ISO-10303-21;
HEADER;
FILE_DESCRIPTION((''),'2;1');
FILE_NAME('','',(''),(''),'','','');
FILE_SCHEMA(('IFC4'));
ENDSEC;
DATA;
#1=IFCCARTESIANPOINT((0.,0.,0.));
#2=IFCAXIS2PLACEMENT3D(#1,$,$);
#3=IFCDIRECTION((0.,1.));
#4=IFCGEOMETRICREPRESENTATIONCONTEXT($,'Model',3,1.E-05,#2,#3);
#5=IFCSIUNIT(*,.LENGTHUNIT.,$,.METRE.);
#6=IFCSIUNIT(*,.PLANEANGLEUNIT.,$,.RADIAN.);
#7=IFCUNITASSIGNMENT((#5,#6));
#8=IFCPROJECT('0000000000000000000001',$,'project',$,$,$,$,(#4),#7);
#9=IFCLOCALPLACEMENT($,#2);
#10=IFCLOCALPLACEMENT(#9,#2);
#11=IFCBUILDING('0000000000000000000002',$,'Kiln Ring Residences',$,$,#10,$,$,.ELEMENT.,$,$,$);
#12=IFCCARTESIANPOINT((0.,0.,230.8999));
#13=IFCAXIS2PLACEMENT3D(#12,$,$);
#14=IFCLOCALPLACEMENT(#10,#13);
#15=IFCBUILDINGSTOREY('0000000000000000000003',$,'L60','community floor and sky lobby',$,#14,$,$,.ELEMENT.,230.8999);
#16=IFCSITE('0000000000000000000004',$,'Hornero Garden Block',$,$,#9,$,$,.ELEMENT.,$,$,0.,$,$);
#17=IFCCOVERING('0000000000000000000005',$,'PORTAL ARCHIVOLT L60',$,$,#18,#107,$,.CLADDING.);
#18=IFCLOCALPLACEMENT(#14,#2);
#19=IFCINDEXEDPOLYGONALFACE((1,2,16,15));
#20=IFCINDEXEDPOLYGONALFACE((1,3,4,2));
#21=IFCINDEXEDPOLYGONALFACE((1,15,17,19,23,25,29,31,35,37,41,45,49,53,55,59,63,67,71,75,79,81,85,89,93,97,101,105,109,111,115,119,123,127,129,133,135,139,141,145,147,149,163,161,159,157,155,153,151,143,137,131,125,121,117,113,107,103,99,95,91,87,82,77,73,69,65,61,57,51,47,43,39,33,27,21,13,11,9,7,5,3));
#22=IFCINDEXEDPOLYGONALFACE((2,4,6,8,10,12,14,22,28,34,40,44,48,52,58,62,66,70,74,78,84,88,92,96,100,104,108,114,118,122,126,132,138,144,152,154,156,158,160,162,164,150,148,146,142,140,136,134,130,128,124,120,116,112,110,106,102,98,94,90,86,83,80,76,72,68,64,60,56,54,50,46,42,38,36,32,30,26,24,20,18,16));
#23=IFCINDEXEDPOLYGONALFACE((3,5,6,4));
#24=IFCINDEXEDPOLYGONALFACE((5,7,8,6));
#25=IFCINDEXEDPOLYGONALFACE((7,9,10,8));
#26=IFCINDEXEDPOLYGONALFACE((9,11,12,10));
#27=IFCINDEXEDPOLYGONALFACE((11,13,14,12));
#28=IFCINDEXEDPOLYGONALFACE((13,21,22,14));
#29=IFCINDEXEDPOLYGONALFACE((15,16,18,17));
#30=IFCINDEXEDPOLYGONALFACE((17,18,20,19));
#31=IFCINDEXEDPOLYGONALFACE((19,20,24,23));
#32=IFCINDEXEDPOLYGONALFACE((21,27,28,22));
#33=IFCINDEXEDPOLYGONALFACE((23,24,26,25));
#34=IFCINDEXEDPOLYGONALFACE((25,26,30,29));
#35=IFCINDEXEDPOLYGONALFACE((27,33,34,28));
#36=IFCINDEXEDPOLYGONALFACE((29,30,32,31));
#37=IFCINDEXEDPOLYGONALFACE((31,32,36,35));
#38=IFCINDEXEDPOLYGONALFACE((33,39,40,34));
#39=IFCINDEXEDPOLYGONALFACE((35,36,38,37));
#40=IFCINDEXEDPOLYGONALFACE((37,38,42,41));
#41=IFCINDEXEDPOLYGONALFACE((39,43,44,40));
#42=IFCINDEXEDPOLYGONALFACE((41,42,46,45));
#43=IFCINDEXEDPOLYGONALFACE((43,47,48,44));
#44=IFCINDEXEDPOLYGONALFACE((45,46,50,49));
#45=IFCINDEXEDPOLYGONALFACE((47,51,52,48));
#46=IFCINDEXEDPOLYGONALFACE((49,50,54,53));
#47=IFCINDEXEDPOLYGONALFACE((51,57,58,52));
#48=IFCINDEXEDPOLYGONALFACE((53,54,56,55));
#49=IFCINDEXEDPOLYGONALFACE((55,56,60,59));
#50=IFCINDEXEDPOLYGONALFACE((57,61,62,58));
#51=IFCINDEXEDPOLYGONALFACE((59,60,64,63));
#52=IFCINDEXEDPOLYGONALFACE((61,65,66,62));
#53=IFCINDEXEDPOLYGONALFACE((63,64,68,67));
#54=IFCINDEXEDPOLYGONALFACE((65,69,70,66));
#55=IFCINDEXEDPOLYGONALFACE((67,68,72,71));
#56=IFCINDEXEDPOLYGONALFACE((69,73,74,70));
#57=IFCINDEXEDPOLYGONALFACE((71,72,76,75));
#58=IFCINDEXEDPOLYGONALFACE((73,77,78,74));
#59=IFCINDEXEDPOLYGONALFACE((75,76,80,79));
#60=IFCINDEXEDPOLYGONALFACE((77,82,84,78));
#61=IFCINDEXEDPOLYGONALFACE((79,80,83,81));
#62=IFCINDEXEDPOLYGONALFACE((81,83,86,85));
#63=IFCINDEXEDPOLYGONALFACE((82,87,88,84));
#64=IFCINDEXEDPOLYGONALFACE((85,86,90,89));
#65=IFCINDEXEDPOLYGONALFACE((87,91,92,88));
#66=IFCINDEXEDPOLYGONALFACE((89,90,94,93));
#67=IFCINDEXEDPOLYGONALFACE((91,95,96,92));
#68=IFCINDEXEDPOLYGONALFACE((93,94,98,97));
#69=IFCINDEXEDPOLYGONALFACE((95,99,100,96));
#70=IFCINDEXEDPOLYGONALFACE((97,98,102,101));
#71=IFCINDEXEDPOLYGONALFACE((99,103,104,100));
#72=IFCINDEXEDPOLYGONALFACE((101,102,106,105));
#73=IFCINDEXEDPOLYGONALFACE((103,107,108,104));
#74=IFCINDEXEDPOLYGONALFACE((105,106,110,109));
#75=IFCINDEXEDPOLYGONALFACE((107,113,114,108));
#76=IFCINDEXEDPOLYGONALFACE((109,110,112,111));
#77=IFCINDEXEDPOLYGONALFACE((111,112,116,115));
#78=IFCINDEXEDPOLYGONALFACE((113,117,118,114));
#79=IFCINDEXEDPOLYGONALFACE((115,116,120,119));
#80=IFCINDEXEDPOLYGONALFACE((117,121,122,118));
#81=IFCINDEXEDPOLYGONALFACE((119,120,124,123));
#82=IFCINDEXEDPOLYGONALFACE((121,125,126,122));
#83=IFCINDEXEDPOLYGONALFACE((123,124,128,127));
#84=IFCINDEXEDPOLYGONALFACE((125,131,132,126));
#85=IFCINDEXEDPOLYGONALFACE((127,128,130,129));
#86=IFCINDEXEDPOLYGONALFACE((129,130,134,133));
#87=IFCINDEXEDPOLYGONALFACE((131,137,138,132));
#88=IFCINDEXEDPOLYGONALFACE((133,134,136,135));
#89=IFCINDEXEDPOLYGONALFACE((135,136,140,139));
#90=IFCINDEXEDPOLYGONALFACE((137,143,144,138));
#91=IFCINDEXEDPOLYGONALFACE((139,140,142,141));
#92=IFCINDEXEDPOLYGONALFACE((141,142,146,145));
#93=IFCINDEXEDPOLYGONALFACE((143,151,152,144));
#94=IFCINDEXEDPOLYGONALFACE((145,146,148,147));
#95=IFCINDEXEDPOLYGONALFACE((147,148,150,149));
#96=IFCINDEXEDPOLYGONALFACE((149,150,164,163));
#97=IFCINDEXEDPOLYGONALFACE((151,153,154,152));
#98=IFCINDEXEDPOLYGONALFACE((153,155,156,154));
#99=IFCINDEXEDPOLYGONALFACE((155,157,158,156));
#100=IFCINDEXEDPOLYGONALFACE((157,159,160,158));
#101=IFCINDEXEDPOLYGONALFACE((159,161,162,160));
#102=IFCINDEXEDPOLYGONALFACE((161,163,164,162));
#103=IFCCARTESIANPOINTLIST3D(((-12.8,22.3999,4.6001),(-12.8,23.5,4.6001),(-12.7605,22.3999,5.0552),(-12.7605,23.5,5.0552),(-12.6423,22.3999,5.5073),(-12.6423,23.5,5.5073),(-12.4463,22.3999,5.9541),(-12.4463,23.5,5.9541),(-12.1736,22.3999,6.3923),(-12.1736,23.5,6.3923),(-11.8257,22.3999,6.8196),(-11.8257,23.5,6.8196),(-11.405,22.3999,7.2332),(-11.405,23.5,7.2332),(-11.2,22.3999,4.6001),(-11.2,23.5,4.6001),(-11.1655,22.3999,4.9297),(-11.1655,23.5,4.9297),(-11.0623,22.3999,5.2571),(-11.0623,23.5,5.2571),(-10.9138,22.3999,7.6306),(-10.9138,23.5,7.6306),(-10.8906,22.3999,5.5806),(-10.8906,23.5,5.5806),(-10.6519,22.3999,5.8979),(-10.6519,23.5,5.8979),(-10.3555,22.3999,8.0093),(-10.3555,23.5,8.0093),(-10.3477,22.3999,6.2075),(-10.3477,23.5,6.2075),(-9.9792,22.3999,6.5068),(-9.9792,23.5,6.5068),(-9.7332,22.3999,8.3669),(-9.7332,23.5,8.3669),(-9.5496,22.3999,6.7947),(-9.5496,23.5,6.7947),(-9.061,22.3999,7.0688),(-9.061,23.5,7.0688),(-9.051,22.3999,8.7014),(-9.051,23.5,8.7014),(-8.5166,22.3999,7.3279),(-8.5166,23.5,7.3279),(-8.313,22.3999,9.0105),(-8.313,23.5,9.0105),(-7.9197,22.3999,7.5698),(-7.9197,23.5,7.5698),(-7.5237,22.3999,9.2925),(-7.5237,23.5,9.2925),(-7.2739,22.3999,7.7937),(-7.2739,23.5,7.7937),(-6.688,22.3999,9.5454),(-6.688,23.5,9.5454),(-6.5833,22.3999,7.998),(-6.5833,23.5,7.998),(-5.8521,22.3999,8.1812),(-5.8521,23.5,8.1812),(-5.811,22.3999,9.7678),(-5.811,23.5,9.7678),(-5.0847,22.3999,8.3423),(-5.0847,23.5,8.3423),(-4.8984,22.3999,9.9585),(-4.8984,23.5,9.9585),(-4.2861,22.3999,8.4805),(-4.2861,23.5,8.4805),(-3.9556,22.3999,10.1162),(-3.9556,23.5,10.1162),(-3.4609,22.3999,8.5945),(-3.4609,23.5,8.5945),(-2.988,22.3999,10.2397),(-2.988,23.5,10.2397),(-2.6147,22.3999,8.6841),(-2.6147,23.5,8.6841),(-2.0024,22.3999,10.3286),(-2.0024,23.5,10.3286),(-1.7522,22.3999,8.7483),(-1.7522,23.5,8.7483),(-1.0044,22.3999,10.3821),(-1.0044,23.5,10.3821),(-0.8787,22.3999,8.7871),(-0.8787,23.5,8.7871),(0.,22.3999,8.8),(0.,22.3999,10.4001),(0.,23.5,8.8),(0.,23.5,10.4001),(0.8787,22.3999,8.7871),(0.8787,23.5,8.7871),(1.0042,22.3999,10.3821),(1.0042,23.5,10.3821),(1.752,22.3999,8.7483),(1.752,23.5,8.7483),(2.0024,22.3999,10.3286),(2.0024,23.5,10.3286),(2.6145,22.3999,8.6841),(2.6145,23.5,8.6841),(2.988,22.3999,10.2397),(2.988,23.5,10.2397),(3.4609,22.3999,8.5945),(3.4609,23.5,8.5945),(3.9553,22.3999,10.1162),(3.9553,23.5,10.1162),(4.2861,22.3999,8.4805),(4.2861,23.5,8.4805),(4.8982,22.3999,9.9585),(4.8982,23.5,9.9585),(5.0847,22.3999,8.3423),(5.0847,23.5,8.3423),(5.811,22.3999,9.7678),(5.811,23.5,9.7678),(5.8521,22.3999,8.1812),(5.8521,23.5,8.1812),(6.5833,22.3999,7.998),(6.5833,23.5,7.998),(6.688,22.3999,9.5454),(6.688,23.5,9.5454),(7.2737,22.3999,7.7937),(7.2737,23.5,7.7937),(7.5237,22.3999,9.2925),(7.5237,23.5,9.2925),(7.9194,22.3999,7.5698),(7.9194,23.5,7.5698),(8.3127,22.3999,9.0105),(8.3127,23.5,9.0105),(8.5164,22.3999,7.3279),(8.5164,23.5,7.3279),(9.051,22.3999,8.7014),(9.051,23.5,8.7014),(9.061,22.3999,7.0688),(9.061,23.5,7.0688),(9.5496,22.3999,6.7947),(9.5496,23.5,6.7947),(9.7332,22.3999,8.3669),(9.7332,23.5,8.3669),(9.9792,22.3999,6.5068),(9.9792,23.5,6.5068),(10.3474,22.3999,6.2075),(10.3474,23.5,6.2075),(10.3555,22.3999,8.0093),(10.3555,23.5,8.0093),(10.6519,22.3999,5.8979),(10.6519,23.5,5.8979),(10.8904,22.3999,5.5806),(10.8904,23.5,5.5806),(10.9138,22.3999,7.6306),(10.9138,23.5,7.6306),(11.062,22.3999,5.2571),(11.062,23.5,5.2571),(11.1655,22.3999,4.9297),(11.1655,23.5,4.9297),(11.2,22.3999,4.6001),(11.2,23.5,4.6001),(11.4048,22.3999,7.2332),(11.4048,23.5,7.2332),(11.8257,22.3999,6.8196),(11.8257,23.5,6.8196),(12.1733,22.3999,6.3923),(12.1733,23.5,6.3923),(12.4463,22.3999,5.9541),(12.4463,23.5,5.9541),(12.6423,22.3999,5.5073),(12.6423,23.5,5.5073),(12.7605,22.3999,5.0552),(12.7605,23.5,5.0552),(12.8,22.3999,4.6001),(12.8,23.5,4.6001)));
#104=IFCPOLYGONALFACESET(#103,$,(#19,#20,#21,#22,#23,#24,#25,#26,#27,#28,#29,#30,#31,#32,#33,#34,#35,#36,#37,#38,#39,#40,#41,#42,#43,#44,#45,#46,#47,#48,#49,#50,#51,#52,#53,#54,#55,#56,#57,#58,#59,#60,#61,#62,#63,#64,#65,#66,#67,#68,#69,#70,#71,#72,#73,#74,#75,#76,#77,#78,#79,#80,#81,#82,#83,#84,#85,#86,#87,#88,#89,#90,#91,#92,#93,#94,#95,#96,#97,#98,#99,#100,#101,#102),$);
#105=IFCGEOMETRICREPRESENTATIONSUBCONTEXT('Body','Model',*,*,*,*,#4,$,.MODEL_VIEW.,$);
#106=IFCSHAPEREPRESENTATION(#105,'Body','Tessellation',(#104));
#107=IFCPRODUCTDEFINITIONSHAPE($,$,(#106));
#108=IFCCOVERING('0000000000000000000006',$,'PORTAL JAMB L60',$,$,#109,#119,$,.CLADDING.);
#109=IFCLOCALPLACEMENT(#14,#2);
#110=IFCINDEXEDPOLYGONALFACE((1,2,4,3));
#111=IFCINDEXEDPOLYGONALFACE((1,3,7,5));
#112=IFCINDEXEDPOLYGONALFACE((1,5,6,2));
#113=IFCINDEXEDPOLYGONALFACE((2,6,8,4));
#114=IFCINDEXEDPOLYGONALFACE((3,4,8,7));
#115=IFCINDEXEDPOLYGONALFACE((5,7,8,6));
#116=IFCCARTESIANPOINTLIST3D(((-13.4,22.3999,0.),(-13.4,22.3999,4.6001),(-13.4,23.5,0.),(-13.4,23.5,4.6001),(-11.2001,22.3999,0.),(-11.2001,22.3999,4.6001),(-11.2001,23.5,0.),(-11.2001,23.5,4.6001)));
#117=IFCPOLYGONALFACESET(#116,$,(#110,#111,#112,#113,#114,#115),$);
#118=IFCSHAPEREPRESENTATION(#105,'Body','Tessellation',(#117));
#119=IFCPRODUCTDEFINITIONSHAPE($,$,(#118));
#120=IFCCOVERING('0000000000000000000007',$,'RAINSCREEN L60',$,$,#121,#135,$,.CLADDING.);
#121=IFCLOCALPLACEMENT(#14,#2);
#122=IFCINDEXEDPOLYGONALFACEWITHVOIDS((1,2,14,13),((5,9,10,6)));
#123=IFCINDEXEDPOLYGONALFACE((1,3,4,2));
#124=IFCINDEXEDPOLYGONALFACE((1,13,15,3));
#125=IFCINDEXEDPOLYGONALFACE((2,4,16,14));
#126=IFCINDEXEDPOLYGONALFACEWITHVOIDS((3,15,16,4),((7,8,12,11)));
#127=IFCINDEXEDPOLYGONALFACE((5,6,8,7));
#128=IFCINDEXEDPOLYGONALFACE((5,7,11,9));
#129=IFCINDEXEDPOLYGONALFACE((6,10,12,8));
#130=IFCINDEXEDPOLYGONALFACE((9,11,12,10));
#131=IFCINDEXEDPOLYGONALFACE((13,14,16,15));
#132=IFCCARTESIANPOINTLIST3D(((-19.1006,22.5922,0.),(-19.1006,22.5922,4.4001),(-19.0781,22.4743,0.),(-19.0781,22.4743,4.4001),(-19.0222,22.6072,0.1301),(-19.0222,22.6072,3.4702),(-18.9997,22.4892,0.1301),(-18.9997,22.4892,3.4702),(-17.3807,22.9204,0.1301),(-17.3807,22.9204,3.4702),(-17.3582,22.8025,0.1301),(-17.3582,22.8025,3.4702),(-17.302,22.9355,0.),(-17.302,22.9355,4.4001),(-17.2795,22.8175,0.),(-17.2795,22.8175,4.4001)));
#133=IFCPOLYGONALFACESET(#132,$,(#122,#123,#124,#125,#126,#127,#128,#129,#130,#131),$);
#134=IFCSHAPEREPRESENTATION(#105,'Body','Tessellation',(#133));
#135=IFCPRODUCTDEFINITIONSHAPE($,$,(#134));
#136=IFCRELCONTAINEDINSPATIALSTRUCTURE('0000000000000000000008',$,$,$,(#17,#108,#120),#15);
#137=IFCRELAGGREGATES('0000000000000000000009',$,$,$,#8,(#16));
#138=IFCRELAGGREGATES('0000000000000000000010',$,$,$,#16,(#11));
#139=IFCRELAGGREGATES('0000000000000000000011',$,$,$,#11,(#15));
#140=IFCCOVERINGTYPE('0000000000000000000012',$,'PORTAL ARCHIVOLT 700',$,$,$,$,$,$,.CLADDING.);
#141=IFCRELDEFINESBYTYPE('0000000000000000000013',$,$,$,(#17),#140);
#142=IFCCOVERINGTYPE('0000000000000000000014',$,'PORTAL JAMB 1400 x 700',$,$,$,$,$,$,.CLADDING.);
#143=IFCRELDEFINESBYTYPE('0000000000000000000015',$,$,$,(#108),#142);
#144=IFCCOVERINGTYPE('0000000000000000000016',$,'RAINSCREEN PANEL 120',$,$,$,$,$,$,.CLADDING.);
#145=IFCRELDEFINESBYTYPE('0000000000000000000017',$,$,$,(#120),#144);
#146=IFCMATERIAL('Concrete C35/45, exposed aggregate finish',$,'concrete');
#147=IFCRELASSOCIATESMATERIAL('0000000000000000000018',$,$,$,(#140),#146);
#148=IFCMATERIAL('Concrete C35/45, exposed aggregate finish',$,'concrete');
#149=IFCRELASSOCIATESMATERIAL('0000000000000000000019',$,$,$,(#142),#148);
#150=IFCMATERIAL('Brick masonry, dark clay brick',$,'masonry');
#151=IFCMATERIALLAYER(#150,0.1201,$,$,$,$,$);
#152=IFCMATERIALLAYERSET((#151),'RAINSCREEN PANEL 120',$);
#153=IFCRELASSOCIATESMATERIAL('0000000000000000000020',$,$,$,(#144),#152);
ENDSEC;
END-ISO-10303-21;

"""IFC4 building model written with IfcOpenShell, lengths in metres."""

from ifc_helpers import new_model, si_unit, direction, frame, origin, origin_2d, place, context, subcontext, project, spatial, polyline, rectangle, outline, extrude, material, layer, layer_set, type_object, element, save


model = new_model("IFC4")

# Units and contexts
model_context = context("Model", 3, precision=1e-05, world=origin(), true_north=direction((0.0, 1.0)))
body_context = subcontext(model_context, "Body", "Model", "MODEL_VIEW")
ifc_project = project(units=[si_unit("LENGTHUNIT", "METRE"), si_unit("PLANEANGLEUNIT", "RADIAN")], contexts=[model_context])

# Site, building, storey
site_placement = place(None, origin())
site = spatial("IfcSite", under=ifc_project, at=site_placement, Name="Hornero Garden Block", CompositionType="ELEMENT", RefElevation=0.0)
building_placement = place(site_placement, origin())
building = spatial("IfcBuilding", under=site, at=building_placement, Name="Kiln Ring Residences", CompositionType="ELEMENT")
storey_placement = place(building_placement, frame((0.0, 0.0, 230.8999)))
storey = spatial("IfcBuildingStorey", under=building, at=storey_placement, Name="L60", Description="community floor and sky lobby", CompositionType="ELEMENT", Elevation=230.8999)

# Coverings
ifc_material_1 = material(Name="Concrete C35/45, exposed aggregate finish", Category="concrete")
covering_type_1 = type_object("IfcCoveringType", Name="PORTAL ARCHIVOLT 700", PredefinedType="CLADDING", material=ifc_material_1)
covering_1_placement = place(storey_placement, frame((-12.8, 22.95, 4.6001), z_axis=(0.0, 0.0, 1.0), x_axis=(1.0, 0.0, 0.0)))
element("IfcCovering", 1, at=covering_1_placement, inside=storey, type_object=covering_type_1, Name="PORTAL ARCHIVOLT L60", PredefinedType="CLADDING", context=body_context, shape_type="SweptSolid", body=[
    extrude(outline(polyline([(25.6001, 0.0), (25.5605, 0.4551), (25.4424, 0.9072), (25.2463, 1.354), (24.9734, 1.7922), (24.6257, 2.2195), (24.2048, 2.6331), (23.7139, 3.0305), (23.1555, 3.4092), (22.5332, 3.7668), (21.8511, 4.1013), (21.1128, 4.4104), (20.3237, 4.6924), (19.488, 4.9453), (18.6111, 5.1677), (17.6982, 5.3584), (16.7554, 5.5161), (15.7881, 5.6396), (14.8025, 5.7285), (13.8042, 5.782), (12.8, 5.8), (11.7957, 5.782), (10.7976, 5.7285), (9.812, 5.6396), (8.8445, 5.5161), (7.9016, 5.3584), (6.989, 5.1677), (6.1121, 4.9453), (5.2764, 4.6924), (4.4871, 4.4104), (3.749, 4.1013), (3.0669, 3.7668), (2.4446, 3.4092), (1.8862, 3.0305), (1.395, 2.6331), (0.9744, 2.2195), (0.6265, 1.7922), (0.3538, 1.354), (0.1577, 0.9072), (0.0396, 0.4551), (0.0, 0.0), (1.6001, 0.0), (1.6345, 0.3296), (1.7378, 0.657), (1.9094, 0.9805), (2.1482, 1.2979), (2.4524, 1.6074), (2.8208, 1.9067), (3.2505, 2.1946), (3.739, 2.4688), (4.2834, 2.7278), (4.8804, 2.9697), (5.5261, 3.1936), (6.2168, 3.3979), (6.948, 3.5811), (7.7153, 3.7422), (8.5139, 3.8804), (9.3391, 3.9944), (10.1853, 4.084), (11.0479, 4.1482), (11.9214, 4.187), (12.8, 4.2), (13.6787, 4.187), (14.552, 4.1482), (15.4146, 4.084), (16.261, 3.9944), (17.0862, 3.8804), (17.8848, 3.7422), (18.6521, 3.5811), (19.3833, 3.3979), (20.0737, 3.1936), (20.7195, 2.9697), (21.3164, 2.7278), (21.8611, 2.4688), (22.3496, 2.1946), (22.7793, 1.9067), (23.1475, 1.6074), (23.4519, 1.2979), (23.6904, 0.9805), (23.8621, 0.657), (23.9656, 0.3296), (24.0, 0.0), (25.6001, 0.0)])), frame((0.0, 0.55, 0.0), z_axis=(0.0, -1.0, 0.0), x_axis=(1.0, 0.0, 0.0)), (0.0, 0.0, 1.0), 1.1001),
])
ifc_material_2 = material(Name="Concrete C35/45, exposed aggregate finish", Category="concrete")
covering_type_2 = type_object("IfcCoveringType", Name="PORTAL JAMB 1400 x 700", PredefinedType="CLADDING", material=ifc_material_2)
covering_2_placement = place(storey_placement, frame((-12.3, 22.95, 0.0), z_axis=(0.0, 0.0, 1.0), x_axis=(1.0, 0.0, 0.0)))
element("IfcCovering", 2, at=covering_2_placement, inside=storey, type_object=covering_type_2, Name="PORTAL JAMB L60", PredefinedType="CLADDING", context=body_context, shape_type="SweptSolid", body=[
    extrude(rectangle(XDim=2.2, YDim=1.1001, at=origin_2d()), origin(), (0.0, 0.0, 1.0), 4.6001),
])
ifc_material_3 = material(Name="Brick masonry, dark clay brick", Category="masonry")
ifc_layer_1 = layer(ifc_material_3, 0.1201)
ifc_layer_set_1 = layer_set([ifc_layer_1], Name="RAINSCREEN PANEL 120")
covering_type_3 = type_object("IfcCoveringType", Name="RAINSCREEN PANEL 120", PredefinedType="CLADDING", material=ifc_layer_set_1)
covering_3_placement = place(storey_placement, frame((-17.2908, 22.8765, 0.0), z_axis=(0.0, 0.0, 1.0), x_axis=(-0.982275, -0.187443, 0.0)))
element("IfcCovering", 3, at=covering_3_placement, inside=storey, type_object=covering_type_3, Name="RAINSCREEN L60", PredefinedType="CLADDING", context=body_context, shape_type="SweptSolid", body=[
    extrude(outline(polyline([(0.0, 0.0), (1.8311, 0.0), (1.8311, 4.4001), (0.0, 4.4001), (0.0, 0.0)]), holes=[polyline([(0.0801, 3.4702), (0.0801, 0.1301), (1.7512, 0.1301), (1.7512, 3.4702), (0.0801, 3.4702)])]), frame((0.0, 0.0601, 0.0), z_axis=(0.0, -1.0, 0.0), x_axis=(1.0, 0.0, 0.0)), (0.0, 0.0, 1.0), 0.1201),
])

save(model, "model.ifc")
